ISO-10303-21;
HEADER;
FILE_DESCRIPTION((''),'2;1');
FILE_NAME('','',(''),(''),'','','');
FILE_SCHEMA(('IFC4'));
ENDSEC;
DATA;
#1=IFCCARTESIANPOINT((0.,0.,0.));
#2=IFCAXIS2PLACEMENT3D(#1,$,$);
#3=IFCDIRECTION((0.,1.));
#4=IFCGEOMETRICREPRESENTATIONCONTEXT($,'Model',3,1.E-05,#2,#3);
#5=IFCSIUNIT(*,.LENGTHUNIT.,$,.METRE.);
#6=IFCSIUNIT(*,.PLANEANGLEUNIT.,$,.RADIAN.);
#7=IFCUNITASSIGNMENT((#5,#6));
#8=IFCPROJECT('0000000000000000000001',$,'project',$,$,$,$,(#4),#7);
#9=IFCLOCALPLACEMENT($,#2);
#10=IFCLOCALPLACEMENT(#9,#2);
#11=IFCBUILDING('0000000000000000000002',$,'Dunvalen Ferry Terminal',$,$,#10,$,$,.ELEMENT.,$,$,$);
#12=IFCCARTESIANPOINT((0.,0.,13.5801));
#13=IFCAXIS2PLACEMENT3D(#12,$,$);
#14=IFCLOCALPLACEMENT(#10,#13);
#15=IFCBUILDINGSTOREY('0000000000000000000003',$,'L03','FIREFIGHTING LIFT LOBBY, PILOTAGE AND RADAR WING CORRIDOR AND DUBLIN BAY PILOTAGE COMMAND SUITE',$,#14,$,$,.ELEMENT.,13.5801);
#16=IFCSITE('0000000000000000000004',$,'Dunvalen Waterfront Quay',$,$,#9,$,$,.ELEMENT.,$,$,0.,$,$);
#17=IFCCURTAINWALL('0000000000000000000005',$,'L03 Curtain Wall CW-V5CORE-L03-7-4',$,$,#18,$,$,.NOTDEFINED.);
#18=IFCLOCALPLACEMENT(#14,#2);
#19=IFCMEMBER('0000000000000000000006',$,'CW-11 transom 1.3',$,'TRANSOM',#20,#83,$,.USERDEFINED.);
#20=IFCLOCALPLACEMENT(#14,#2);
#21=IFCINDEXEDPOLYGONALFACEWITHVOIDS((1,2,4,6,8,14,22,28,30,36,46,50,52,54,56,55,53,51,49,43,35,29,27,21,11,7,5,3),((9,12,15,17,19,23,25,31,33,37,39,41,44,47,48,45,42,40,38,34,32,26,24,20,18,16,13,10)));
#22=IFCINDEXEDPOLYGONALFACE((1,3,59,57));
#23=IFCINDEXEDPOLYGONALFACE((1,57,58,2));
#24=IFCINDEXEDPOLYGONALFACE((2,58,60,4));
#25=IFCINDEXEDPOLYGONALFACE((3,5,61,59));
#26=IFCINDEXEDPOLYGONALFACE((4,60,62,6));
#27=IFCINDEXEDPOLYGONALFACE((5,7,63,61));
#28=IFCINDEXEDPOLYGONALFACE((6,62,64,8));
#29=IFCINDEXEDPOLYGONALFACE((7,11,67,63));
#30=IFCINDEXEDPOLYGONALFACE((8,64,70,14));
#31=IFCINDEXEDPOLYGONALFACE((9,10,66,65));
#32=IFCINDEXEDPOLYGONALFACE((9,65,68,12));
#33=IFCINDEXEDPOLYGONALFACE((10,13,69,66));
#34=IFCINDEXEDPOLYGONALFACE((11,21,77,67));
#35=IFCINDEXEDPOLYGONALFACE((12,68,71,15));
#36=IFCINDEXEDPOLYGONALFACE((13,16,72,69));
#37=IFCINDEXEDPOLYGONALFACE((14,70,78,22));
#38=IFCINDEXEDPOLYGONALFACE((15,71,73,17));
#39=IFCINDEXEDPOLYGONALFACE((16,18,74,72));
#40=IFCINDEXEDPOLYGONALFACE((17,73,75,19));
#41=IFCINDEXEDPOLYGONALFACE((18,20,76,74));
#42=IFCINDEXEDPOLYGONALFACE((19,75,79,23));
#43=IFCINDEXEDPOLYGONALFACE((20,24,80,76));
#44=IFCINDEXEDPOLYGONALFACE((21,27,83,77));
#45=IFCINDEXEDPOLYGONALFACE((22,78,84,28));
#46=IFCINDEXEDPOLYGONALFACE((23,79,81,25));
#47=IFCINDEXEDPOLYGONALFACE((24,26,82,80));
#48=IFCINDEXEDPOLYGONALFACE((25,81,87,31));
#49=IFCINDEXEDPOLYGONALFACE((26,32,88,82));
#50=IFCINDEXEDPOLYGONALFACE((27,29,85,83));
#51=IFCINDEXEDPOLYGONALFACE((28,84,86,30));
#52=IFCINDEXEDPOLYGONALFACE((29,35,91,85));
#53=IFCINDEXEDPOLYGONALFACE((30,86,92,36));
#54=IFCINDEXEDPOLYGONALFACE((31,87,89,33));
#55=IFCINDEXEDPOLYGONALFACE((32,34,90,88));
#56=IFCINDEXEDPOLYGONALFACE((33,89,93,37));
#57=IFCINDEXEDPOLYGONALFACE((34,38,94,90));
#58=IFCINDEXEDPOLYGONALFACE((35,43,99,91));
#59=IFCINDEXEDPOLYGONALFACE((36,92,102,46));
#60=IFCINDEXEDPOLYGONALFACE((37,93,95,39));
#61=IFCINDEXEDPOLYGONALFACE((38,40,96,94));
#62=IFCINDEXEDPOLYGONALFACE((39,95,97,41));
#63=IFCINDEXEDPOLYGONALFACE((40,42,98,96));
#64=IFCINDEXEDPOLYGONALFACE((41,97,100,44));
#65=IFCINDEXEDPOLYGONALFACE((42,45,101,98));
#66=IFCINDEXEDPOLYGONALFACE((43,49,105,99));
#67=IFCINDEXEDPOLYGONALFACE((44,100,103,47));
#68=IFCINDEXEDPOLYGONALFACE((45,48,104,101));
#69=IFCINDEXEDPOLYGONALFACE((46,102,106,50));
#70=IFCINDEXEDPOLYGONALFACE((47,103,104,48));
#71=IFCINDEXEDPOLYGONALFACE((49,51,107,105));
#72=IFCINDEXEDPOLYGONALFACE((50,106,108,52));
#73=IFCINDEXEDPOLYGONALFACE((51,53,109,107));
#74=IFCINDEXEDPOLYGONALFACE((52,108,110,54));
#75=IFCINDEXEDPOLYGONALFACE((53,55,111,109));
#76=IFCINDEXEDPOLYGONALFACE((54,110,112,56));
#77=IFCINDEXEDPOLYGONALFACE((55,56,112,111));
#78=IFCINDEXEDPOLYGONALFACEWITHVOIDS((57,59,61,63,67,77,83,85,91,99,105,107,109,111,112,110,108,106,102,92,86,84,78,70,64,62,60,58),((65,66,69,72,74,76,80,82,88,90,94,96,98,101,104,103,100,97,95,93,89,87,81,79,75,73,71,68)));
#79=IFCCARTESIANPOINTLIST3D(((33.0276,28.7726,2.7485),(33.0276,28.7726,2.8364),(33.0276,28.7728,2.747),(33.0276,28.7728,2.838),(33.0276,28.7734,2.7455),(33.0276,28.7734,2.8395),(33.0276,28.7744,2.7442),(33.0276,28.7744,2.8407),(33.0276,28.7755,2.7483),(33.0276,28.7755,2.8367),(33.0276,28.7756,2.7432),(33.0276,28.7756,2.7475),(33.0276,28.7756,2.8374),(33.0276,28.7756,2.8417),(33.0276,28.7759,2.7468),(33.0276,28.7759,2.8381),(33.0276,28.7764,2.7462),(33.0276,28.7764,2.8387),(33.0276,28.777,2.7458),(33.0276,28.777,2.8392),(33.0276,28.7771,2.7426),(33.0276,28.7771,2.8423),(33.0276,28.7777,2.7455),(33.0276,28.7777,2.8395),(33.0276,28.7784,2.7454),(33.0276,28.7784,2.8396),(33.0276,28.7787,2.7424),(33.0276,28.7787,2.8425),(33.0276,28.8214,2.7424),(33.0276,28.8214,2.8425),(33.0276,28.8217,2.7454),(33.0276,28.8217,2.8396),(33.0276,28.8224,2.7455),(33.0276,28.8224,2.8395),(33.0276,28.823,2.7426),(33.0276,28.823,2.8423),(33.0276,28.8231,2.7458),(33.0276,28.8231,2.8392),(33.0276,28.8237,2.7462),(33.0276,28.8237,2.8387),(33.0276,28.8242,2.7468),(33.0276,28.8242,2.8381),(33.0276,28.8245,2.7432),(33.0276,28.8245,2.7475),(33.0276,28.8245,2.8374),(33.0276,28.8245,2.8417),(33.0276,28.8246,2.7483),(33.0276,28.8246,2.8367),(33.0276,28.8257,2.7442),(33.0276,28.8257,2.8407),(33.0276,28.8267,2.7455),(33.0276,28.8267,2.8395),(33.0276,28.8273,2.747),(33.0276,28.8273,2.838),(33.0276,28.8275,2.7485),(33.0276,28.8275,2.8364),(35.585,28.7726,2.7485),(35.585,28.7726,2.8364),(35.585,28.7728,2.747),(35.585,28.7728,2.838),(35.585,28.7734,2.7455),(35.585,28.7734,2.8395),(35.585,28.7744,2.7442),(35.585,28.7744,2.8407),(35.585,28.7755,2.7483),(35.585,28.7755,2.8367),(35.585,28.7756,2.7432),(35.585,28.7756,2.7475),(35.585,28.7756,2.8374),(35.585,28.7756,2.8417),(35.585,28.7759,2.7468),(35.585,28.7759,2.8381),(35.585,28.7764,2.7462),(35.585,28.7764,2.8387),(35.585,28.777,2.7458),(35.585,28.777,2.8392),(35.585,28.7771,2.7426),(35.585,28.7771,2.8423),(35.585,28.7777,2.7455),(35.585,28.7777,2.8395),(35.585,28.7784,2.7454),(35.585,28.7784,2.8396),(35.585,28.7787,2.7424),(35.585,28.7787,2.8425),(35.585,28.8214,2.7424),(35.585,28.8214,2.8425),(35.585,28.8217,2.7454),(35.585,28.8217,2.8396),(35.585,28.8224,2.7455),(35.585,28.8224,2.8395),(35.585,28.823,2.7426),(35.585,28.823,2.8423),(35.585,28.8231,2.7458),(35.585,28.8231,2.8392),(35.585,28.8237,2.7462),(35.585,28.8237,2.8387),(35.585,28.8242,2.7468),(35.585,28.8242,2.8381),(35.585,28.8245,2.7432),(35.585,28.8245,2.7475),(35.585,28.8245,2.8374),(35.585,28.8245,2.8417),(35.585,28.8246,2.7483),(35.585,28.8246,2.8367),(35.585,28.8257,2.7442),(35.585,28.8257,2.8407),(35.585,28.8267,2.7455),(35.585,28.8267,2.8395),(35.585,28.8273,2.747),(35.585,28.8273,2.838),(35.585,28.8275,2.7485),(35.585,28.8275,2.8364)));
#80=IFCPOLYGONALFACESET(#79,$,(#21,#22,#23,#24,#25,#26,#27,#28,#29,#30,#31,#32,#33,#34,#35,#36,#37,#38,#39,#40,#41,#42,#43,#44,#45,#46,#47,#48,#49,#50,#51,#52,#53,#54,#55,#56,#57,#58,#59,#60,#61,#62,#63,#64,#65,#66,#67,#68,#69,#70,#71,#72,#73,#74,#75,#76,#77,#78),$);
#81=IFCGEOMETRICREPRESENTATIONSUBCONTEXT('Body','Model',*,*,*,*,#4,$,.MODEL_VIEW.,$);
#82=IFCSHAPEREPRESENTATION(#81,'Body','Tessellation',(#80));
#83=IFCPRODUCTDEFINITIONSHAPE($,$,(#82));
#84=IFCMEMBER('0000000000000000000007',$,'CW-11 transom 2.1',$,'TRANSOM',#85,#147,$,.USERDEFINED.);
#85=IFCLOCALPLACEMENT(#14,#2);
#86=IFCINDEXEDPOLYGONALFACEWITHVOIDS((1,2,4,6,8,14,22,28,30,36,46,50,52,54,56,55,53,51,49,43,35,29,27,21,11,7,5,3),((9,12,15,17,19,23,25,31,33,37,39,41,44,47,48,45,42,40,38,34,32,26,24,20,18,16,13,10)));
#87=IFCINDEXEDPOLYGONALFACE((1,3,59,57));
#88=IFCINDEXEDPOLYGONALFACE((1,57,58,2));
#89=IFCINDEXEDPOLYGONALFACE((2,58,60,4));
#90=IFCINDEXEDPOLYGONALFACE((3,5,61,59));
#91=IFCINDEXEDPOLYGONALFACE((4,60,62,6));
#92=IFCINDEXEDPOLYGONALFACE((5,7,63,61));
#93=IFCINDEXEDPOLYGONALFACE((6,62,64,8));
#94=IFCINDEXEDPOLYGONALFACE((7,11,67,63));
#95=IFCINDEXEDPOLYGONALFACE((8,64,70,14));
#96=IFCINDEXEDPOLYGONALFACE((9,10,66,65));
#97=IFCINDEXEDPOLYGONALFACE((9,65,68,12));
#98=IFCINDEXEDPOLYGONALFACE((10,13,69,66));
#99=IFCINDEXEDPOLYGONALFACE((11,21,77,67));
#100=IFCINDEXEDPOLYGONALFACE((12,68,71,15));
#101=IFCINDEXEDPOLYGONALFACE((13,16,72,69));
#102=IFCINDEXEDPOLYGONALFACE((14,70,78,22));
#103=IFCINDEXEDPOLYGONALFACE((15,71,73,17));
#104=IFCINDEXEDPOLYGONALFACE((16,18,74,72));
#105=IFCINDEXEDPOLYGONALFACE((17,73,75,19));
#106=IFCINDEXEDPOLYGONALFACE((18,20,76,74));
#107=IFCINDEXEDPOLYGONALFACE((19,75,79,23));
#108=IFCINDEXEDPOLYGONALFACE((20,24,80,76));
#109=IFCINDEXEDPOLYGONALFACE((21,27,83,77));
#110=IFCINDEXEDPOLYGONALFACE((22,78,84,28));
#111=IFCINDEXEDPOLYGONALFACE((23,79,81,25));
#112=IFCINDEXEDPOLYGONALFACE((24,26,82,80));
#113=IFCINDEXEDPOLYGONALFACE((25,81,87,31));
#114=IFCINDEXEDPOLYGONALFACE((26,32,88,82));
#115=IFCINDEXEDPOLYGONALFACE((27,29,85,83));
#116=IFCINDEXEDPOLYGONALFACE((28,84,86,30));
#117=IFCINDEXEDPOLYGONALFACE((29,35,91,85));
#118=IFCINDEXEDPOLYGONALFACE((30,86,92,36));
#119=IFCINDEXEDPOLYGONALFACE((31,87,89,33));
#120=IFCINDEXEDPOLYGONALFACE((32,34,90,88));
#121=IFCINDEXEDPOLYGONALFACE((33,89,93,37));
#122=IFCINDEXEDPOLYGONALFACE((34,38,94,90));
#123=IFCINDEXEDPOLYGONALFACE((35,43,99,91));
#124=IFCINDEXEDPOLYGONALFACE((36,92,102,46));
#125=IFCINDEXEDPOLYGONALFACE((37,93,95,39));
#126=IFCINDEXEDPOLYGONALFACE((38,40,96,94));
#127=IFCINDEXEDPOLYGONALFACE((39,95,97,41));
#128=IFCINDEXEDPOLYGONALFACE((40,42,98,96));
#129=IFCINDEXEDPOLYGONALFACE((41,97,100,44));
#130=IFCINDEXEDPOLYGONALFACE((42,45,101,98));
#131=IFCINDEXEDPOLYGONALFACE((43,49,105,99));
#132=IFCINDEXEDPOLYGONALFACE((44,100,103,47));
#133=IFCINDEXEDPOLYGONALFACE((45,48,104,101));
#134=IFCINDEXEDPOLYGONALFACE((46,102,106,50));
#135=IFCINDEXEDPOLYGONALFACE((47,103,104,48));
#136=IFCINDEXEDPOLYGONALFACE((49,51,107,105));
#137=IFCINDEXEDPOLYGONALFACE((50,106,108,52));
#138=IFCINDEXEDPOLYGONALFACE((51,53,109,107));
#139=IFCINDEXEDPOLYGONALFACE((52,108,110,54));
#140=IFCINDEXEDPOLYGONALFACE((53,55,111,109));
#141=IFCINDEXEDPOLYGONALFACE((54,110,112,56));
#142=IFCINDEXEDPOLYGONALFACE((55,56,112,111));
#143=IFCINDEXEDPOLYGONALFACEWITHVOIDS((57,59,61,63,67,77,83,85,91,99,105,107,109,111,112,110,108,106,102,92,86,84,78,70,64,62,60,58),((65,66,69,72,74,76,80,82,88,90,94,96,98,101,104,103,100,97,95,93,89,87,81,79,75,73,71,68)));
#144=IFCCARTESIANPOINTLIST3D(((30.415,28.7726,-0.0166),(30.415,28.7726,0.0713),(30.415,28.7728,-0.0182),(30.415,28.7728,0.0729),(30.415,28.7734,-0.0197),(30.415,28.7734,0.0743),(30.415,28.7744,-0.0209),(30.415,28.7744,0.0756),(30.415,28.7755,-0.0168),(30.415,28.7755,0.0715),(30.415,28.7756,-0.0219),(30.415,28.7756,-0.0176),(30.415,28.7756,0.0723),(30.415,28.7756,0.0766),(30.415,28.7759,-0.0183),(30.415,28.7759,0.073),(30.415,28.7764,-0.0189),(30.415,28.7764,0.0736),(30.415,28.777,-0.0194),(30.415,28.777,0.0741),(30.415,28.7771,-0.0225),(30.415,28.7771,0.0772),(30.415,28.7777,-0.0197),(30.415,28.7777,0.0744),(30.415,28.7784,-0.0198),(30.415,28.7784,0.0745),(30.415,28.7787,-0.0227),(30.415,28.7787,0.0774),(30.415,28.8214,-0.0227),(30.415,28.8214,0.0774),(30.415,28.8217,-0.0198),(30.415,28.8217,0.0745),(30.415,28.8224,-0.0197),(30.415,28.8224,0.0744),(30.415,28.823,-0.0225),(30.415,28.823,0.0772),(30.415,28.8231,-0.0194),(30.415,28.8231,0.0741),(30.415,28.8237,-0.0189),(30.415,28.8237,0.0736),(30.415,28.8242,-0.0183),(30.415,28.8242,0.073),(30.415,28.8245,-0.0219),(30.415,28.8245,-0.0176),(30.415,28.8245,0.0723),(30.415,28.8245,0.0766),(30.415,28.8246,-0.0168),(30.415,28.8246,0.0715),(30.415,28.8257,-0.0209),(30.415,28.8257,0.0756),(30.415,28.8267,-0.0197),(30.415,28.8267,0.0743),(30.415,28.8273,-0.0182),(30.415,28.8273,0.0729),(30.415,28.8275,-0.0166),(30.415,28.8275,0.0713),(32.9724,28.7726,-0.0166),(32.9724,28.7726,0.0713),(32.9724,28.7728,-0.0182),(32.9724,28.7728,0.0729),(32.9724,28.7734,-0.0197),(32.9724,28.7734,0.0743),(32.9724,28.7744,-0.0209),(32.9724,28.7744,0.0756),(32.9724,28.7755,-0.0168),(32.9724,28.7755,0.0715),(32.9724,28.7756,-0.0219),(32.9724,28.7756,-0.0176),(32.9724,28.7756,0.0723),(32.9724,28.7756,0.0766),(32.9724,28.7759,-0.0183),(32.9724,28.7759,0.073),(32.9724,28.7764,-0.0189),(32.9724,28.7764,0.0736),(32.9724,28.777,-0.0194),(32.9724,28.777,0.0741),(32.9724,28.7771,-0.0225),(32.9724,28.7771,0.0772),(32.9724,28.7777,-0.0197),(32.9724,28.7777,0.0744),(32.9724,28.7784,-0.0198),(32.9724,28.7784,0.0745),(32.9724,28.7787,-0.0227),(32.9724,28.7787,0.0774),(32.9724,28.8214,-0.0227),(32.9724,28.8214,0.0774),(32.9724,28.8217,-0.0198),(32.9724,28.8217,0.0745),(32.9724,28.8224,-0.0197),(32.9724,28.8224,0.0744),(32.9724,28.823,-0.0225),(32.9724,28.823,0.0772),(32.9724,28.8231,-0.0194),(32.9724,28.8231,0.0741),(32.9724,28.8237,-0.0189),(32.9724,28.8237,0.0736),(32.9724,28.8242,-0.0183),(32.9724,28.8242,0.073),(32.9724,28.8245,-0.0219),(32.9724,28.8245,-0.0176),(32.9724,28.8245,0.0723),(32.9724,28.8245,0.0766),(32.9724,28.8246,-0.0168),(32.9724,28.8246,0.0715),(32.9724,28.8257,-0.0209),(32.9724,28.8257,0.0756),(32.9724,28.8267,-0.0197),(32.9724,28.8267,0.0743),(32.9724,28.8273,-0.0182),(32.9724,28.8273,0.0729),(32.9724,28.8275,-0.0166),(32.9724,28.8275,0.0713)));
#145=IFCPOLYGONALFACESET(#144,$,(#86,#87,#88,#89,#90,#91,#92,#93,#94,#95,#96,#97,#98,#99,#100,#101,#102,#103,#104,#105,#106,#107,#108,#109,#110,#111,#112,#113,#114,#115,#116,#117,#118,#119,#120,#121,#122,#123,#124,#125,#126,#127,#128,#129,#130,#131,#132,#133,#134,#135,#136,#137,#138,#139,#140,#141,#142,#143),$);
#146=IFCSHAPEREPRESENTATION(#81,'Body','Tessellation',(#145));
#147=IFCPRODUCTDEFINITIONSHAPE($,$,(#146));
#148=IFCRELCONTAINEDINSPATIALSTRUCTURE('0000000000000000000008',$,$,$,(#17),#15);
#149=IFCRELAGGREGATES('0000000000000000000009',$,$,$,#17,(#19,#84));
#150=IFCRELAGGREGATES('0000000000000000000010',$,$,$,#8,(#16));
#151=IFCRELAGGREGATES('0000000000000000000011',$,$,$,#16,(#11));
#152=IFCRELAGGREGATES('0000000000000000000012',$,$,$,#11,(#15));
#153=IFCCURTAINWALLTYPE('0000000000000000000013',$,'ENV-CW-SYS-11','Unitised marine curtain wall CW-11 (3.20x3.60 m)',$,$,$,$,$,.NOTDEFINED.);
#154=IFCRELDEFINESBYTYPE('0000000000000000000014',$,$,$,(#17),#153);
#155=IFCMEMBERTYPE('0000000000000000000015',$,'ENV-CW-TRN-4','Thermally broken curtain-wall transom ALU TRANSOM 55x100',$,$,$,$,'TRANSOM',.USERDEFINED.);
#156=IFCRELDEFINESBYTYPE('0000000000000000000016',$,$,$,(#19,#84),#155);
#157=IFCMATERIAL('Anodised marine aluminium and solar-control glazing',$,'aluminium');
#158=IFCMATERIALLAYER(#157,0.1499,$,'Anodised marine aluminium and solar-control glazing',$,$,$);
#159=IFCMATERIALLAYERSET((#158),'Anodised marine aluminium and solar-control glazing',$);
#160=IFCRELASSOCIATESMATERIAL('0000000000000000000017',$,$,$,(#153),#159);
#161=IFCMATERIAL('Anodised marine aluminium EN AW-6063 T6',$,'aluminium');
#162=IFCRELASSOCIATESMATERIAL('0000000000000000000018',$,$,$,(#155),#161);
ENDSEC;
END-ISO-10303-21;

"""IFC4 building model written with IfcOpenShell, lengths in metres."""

from ifc_helpers import new_model, si_unit, direction, frame, origin, origin_2d, place, context, subcontext, project, spatial, hollow_rectangle, extrude, material, layer, layer_set, material_profile, profile_set, type_object, element, aggregate, save


model = new_model("IFC4")

# Units and contexts
model_context = context("Model", 3, precision=1e-05, world=origin(), true_north=direction((0.0, 1.0)))
body_context = subcontext(model_context, "Body", "Model", "MODEL_VIEW")
ifc_project = project(units=[si_unit("LENGTHUNIT", "METRE"), si_unit("PLANEANGLEUNIT", "RADIAN")], contexts=[model_context])

# Site, building, storey
site_placement = place(None, origin())
site = spatial("IfcSite", under=ifc_project, at=site_placement, Name="Dunvalen Waterfront Quay", CompositionType="ELEMENT", RefElevation=0.0)
building_placement = place(site_placement, origin())
building = spatial("IfcBuilding", under=site, at=building_placement, Name="Dunvalen Ferry Terminal", CompositionType="ELEMENT")
storey_placement = place(building_placement, frame((0.0, 0.0, 13.5801)))
storey = spatial("IfcBuildingStorey", under=building, at=storey_placement, Name="L03", Description="FIREFIGHTING LIFT LOBBY, PILOTAGE AND RADAR WING CORRIDOR AND DUBLIN BAY PILOTAGE COMMAND SUITE", CompositionType="ELEMENT", Elevation=13.5801)

# Curtain wall
ifc_material_1 = material(Name="Anodised marine aluminium and solar-control glazing", Category="aluminium")
ifc_layer_1 = layer(ifc_material_1, 0.1499, Name="Anodised marine aluminium and solar-control glazing")
ifc_layer_set_1 = layer_set([ifc_layer_1], Name="Anodised marine aluminium and solar-control glazing")
curtain_wall_type = type_object("IfcCurtainWallType", Name="ENV-CW-SYS-11", Description="Unitised marine curtain wall CW-11 (3.20x3.60 m)", PredefinedType="NOTDEFINED", material=ifc_layer_set_1)
ifc_material_2 = material(Name="Anodised marine aluminium EN AW-6063 T6", Category="aluminium")
curtain_wall_1_placement = place(storey_placement, origin())
curtain_wall_1 = element("IfcCurtainWall", 1, at=curtain_wall_1_placement, inside=storey, type_object=curtain_wall_type, Name="L03 Curtain Wall CW-V5CORE-L03-7-4", PredefinedType="NOTDEFINED")

# Members
ifc_material_profile_1 = material_profile(ifc_material_2, hollow_rectangle(XDim=0.0549, YDim=0.1001, WallThickness=0.0029, InnerFilletRadius=0.0029, OuterFilletRadius=0.0061, at=origin_2d()), Name="Anodised marine aluminium EN AW-6063 T6")
ifc_profile_set_1 = profile_set([ifc_material_profile_1], Name="Anodised marine aluminium EN AW-6063 T6")
member_type_1 = type_object("IfcMemberType", Name="ENV-CW-TRN-4", Description="Thermally broken curtain-wall transom ALU TRANSOM 55x100", ElementType="TRANSOM", PredefinedType="USERDEFINED", material=ifc_profile_set_1)
member_1_placement = place(storey_placement, frame((35.585, 28.8, 2.7925), z_axis=(-1.0, 0.0, 0.0), x_axis=(0.0, -1.0, 0.0)))
member_1 = element("IfcMember", 2, at=member_1_placement, type_object=member_type_1, Name="CW-11 transom 1.3", ObjectType="TRANSOM", PredefinedType="USERDEFINED", context=body_context, shape_type="SweptSolid", body=[
    extrude(hollow_rectangle(XDim=0.0549, YDim=0.1001, WallThickness=0.0029, InnerFilletRadius=0.0029, OuterFilletRadius=0.0061, at=origin_2d()), origin(), (0.0, 0.0, 1.0), 2.5574),
])
member_2_placement = place(storey_placement, frame((32.9724, 28.8, 0.0273), z_axis=(-1.0, 0.0, 0.0), x_axis=(0.0, -1.0, 0.0)))
member_2 = element("IfcMember", 3, at=member_2_placement, type_object=member_type_1, Name="CW-11 transom 2.1", ObjectType="TRANSOM", PredefinedType="USERDEFINED", context=body_context, shape_type="SweptSolid", body=[
    extrude(hollow_rectangle(XDim=0.0549, YDim=0.1001, WallThickness=0.0029, InnerFilletRadius=0.0029, OuterFilletRadius=0.0061, at=origin_2d()), origin(), (0.0, 0.0, 1.0), 2.5574),
])

aggregate(curtain_wall_1, [member_1, member_2])

save(model, "model.ifc")
